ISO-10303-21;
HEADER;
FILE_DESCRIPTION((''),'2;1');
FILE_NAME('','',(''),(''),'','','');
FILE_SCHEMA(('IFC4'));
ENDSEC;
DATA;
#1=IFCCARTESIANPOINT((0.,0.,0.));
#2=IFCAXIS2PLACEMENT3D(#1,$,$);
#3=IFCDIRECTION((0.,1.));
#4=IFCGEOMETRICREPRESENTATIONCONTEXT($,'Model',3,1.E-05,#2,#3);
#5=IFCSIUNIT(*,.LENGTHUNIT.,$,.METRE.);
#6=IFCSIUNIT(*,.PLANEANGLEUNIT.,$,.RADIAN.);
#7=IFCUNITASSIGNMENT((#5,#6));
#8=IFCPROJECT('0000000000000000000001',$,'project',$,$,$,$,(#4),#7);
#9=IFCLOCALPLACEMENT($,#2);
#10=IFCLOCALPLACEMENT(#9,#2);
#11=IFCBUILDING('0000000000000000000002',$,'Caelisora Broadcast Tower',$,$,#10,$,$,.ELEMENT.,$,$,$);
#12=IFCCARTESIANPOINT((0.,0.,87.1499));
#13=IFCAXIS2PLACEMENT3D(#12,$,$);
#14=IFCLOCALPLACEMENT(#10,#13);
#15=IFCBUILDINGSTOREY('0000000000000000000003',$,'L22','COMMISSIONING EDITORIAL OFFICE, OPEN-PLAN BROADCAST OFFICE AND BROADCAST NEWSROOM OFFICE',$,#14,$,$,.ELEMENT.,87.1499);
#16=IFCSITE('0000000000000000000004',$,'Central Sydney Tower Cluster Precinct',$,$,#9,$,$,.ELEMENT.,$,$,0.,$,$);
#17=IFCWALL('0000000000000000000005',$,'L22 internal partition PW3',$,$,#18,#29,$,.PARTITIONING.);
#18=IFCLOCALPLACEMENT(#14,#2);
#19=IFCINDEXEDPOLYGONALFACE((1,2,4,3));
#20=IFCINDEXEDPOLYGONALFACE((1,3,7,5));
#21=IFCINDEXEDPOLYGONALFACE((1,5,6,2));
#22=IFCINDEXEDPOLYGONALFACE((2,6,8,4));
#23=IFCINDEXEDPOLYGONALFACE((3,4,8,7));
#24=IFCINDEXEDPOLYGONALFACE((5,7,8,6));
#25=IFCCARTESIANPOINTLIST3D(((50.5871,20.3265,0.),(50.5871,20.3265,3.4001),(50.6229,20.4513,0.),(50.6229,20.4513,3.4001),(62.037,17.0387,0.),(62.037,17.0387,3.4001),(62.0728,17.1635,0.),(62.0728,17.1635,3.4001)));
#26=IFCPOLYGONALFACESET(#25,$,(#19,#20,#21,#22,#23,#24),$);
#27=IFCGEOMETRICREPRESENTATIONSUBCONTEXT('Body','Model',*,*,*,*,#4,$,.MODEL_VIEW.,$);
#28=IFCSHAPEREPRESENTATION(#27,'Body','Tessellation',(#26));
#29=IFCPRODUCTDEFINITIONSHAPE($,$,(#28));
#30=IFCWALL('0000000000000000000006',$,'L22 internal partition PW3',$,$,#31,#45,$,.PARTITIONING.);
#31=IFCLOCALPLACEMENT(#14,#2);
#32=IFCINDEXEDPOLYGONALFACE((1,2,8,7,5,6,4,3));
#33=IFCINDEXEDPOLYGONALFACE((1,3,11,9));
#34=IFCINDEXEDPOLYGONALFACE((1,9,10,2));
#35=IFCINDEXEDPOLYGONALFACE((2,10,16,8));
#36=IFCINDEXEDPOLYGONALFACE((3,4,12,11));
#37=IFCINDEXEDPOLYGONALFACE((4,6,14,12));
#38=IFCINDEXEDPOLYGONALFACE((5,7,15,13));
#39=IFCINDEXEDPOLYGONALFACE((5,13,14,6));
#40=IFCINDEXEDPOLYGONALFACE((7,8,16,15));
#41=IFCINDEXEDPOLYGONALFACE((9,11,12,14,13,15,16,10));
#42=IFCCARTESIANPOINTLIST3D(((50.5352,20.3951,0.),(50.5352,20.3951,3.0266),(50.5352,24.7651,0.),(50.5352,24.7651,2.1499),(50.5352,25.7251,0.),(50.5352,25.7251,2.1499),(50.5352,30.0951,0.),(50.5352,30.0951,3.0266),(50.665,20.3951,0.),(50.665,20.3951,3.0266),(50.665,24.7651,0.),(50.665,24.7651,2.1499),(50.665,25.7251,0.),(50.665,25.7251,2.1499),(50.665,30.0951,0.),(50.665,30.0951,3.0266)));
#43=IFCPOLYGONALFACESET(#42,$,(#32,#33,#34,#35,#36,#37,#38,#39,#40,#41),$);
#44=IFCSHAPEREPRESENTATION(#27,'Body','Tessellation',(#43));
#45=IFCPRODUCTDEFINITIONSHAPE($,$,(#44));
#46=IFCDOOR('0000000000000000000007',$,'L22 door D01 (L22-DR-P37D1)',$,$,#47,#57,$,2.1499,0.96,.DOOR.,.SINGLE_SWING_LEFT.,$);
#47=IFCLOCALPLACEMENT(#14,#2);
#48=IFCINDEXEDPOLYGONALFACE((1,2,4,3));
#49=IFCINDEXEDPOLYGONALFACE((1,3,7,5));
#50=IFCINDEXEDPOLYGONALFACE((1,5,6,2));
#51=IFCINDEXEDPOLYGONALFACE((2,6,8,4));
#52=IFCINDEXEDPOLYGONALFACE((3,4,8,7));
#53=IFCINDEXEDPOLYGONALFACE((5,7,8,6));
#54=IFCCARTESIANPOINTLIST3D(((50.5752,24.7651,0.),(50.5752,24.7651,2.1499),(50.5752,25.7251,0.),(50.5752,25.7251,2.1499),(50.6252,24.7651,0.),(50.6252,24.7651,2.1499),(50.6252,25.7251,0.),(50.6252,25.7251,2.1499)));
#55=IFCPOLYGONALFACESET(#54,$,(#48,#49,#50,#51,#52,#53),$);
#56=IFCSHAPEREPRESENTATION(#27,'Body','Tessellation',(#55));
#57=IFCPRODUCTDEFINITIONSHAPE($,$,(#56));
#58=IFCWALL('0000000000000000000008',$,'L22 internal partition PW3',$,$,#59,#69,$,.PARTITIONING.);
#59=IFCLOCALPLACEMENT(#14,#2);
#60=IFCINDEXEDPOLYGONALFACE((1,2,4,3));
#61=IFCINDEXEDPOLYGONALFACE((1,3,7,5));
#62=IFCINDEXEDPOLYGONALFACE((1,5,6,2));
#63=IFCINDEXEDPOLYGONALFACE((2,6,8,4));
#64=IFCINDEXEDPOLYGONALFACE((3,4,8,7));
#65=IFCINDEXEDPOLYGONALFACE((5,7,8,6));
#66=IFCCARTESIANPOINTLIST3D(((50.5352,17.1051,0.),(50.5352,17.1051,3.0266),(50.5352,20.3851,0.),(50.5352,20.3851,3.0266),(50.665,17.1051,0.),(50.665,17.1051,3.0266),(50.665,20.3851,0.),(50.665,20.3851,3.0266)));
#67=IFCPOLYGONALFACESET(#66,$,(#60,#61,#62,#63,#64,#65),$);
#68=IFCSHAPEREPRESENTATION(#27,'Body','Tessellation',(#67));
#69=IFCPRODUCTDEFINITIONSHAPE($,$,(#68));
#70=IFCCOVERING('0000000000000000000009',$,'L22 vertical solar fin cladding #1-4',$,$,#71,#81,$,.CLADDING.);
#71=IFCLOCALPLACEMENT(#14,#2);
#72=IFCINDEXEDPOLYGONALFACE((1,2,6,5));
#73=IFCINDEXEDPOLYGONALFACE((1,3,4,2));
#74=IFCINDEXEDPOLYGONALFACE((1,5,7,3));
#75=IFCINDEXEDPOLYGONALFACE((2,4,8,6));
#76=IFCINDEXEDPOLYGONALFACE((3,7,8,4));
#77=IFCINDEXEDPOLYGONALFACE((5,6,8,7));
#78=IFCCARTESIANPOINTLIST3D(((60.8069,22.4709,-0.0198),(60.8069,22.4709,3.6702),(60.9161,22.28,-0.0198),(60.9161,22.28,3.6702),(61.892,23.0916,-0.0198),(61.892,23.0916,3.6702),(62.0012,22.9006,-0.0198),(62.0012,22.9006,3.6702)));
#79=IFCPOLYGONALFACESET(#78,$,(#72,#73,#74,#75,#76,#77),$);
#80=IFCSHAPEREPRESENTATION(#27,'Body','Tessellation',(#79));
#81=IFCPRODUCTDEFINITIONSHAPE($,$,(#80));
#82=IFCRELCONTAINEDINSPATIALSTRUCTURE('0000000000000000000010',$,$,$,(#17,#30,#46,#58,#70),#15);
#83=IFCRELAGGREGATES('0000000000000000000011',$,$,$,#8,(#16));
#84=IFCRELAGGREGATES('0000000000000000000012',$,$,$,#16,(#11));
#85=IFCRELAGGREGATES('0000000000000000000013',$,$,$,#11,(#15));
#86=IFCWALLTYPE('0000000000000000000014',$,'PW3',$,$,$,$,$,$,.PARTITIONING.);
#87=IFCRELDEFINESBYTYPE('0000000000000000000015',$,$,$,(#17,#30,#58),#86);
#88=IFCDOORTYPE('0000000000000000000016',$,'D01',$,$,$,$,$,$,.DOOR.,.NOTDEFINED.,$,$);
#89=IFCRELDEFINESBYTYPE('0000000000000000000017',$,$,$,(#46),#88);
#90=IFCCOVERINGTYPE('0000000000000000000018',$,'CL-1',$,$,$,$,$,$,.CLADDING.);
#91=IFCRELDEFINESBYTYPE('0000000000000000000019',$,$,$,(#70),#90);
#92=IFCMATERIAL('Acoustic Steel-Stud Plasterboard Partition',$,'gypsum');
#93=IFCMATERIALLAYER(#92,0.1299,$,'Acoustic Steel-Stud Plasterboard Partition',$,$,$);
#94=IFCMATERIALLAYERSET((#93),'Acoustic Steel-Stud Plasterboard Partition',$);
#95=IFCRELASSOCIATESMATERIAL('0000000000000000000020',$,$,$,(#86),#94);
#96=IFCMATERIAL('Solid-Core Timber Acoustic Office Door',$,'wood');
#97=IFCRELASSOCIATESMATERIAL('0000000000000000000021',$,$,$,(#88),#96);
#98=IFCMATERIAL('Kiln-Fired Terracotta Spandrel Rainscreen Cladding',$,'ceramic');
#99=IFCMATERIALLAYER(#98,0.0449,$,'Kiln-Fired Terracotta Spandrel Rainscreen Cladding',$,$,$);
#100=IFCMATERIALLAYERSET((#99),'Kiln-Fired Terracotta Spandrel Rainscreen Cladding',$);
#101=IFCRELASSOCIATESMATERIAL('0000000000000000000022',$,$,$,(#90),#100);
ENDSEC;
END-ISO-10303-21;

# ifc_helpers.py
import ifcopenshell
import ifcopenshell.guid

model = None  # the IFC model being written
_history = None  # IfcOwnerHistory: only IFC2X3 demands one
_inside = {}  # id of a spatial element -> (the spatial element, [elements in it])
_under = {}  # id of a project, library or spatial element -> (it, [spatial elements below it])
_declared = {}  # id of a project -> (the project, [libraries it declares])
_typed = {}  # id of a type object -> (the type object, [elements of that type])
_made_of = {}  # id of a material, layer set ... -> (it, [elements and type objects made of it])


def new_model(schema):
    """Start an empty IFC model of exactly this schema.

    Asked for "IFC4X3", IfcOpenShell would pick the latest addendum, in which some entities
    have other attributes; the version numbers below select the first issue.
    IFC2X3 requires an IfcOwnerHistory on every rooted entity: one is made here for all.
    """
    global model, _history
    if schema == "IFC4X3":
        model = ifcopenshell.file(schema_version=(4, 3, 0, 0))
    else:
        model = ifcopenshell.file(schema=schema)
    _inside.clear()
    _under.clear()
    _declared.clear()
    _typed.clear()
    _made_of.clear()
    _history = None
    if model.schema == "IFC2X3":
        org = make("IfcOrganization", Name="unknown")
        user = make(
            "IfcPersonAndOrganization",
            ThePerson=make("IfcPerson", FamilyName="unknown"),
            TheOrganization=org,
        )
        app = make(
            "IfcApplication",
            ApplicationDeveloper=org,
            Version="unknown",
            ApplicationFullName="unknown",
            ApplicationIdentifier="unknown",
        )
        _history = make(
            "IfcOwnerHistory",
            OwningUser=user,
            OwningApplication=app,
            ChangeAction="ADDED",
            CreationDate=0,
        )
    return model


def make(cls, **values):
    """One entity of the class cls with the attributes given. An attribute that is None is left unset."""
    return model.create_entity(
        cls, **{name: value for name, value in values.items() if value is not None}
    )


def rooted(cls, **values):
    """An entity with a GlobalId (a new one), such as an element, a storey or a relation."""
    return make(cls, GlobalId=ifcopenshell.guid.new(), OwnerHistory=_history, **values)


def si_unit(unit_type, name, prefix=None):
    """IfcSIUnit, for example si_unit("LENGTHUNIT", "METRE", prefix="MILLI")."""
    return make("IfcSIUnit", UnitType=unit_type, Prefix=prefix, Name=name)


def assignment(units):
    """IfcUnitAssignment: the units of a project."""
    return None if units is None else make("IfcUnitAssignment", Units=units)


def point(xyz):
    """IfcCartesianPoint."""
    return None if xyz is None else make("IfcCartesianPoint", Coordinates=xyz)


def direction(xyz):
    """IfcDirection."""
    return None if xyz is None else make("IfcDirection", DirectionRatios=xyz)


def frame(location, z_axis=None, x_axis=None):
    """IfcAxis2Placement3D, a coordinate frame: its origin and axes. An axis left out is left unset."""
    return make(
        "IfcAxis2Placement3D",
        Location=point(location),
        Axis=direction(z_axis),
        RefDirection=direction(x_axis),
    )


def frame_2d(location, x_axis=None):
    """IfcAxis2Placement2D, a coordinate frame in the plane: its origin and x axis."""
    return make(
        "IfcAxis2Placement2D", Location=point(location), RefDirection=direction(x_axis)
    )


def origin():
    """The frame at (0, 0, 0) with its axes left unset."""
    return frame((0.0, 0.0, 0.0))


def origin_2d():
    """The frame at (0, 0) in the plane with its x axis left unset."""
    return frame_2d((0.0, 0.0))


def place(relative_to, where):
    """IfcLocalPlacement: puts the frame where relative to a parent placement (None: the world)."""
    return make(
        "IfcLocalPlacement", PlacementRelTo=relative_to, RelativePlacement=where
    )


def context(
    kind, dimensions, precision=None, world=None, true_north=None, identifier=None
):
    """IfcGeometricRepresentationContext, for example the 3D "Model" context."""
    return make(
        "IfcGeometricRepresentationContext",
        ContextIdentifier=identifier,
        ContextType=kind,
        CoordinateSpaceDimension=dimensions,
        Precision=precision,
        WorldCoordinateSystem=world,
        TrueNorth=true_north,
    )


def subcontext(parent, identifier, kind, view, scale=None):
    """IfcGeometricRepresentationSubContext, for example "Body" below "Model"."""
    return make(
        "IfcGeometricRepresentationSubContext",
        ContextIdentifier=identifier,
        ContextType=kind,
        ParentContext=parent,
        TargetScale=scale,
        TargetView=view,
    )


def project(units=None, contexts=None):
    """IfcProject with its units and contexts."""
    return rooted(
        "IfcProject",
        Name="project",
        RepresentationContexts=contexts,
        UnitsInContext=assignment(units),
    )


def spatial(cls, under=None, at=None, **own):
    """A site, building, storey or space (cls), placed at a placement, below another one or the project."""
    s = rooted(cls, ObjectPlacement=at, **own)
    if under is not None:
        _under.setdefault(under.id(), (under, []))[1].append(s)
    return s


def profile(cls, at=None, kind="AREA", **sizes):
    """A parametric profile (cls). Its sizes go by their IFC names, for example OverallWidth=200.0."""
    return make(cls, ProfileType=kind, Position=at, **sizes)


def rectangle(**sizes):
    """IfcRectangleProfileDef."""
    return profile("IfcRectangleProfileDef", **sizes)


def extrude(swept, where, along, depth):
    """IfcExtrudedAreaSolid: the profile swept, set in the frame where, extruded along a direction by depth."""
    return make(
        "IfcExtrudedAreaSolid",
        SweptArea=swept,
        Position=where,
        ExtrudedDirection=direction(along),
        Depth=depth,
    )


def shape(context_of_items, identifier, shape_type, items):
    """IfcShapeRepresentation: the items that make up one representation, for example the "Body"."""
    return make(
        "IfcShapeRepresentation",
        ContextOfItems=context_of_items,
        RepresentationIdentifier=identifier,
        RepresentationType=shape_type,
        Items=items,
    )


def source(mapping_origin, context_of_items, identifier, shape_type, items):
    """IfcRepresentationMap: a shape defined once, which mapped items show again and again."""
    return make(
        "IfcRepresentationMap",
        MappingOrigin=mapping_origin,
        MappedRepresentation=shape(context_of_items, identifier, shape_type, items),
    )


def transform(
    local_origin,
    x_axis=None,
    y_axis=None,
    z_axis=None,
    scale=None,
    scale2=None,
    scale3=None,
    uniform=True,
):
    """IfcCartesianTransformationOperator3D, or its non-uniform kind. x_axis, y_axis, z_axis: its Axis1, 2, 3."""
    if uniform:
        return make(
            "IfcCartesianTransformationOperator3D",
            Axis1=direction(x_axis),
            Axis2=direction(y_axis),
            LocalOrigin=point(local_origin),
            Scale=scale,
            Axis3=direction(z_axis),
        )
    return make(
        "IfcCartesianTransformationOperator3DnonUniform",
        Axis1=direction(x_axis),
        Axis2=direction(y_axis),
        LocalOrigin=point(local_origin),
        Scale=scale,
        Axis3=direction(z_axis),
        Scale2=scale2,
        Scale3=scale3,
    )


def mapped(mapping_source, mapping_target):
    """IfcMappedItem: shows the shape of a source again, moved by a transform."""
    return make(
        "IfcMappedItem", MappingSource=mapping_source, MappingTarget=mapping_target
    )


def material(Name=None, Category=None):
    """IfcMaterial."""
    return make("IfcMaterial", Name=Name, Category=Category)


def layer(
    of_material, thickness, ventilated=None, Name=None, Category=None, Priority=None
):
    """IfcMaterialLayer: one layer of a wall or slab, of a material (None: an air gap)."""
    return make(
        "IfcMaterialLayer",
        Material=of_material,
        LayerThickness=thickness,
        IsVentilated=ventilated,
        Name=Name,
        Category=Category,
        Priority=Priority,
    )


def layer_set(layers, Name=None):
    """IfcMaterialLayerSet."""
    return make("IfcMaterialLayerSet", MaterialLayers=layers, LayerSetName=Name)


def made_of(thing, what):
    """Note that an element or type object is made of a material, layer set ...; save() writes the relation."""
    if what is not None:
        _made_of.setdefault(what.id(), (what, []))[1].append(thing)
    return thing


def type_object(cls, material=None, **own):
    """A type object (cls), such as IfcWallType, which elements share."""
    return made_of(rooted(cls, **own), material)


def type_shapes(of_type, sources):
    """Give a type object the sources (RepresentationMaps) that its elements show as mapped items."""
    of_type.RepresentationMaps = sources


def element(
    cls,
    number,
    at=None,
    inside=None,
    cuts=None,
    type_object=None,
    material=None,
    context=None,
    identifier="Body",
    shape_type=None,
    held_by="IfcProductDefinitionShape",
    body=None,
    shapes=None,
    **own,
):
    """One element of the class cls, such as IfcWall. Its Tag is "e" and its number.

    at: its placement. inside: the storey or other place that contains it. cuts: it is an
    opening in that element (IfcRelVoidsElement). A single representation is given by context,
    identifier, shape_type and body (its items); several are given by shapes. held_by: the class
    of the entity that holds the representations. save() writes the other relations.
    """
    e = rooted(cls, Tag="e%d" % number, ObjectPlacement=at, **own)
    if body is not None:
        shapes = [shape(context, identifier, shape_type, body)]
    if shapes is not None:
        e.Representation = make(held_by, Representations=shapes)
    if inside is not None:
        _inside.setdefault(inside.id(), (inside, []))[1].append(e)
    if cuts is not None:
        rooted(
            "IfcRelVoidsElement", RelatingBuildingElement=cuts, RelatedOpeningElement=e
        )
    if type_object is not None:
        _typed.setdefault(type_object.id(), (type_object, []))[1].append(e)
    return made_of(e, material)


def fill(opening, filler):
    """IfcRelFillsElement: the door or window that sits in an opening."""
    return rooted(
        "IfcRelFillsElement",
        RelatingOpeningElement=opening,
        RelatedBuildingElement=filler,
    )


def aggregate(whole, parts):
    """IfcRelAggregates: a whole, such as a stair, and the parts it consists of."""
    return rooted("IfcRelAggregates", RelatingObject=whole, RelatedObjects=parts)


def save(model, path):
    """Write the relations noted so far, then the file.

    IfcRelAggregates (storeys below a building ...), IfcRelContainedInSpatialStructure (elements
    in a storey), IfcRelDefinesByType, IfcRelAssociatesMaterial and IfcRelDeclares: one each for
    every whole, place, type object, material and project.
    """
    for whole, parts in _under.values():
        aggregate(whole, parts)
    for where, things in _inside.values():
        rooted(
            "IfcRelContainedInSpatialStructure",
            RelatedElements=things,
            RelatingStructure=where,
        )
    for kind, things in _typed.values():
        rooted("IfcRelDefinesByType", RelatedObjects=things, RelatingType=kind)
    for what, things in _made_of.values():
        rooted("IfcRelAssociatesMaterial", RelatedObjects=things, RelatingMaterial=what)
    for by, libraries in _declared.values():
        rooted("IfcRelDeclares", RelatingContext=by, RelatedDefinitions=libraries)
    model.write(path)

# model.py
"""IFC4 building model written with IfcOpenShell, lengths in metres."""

from ifc_helpers import new_model, si_unit, direction, frame, frame_2d, origin, origin_2d, place, context, subcontext, project, spatial, rectangle, extrude, source, transform, mapped, material, layer, layer_set, type_object, type_shapes, element, fill, save


model = new_model("IFC4")

# Units and contexts
model_context = context("Model", 3, precision=1e-05, world=origin(), true_north=direction((0.0, 1.0)))
body_context = subcontext(model_context, "Body", "Model", "MODEL_VIEW")
ifc_project = project(units=[si_unit("LENGTHUNIT", "METRE"), si_unit("PLANEANGLEUNIT", "RADIAN")], contexts=[model_context])

# Site, building, storey
site_placement = place(None, origin())
site = spatial("IfcSite", under=ifc_project, at=site_placement, Name="Central Sydney Tower Cluster Precinct", CompositionType="ELEMENT", RefElevation=0.0)
building_placement = place(site_placement, origin())
building = spatial("IfcBuilding", under=site, at=building_placement, Name="Caelisora Broadcast Tower", CompositionType="ELEMENT")
storey_placement = place(building_placement, frame((0.0, 0.0, 87.1499)))
storey = spatial("IfcBuildingStorey", under=building, at=storey_placement, Name="L22", Description="COMMISSIONING EDITORIAL OFFICE, OPEN-PLAN BROADCAST OFFICE AND BROADCAST NEWSROOM OFFICE", CompositionType="ELEMENT", Elevation=87.1499)

# Wall
ifc_material_1 = material(Name="Acoustic Steel-Stud Plasterboard Partition", Category="gypsum")
ifc_layer_1 = layer(ifc_material_1, 0.1299, Name="Acoustic Steel-Stud Plasterboard Partition")
ifc_layer_set_1 = layer_set([ifc_layer_1], Name="Acoustic Steel-Stud Plasterboard Partition")
wall_type_1 = type_object("IfcWallType", Name="PW3", PredefinedType="PARTITIONING", material=ifc_layer_set_1)
wall_1_placement = place(storey_placement, frame((50.605, 20.3889, 0.0), z_axis=(0.0, 0.0, 1.0), x_axis=(0.961159, -0.275996, 0.0)))
element("IfcWall", 1, at=wall_1_placement, inside=storey, type_object=wall_type_1, Name="L22 internal partition PW3", PredefinedType="PARTITIONING", context=body_context, shape_type="SweptSolid", body=[
    extrude(rectangle(XDim=11.9126, YDim=0.1299, at=frame_2d((5.9563, 0.0))), origin(), (0.0, 0.0, 1.0), 3.4001),
])

# Wall, opening, door
wall_2_placement = place(storey_placement, frame((50.6001, 20.395, 0.0), z_axis=(0.0, 0.0, 1.0), x_axis=(0.0, 1.0, 0.0)))
wall_2 = element("IfcWall", 2, at=wall_2_placement, inside=storey, type_object=wall_type_1, Name="L22 internal partition PW3", PredefinedType="PARTITIONING", context=body_context, shape_type="SweptSolid", body=[
    extrude(rectangle(XDim=9.7, YDim=0.1299, at=frame_2d((4.8501, 0.0))), origin(), (0.0, 0.0, 1.0), 3.0266),
])
opening_1_placement = place(wall_2_placement, frame((4.3701, 0.0, 0.0)))
opening_1 = element("IfcOpeningElement", 3, at=opening_1_placement, cuts=wall_2, PredefinedType="OPENING", context=body_context, shape_type="SweptSolid", body=[
    extrude(rectangle(XDim=0.96, YDim=2.1499, at=frame_2d((0.48, 1.075))), frame((0.0, 0.0769, 0.0), z_axis=(0.0, -1.0, 0.0), x_axis=(1.0, 0.0, 0.0)), (0.0, 0.0, 1.0), 0.1538),
])
ifc_material_2 = material(Name="Solid-Core Timber Acoustic Office Door", Category="wood")
door_type_1 = type_object("IfcDoorType", Name="D01", OperationType="NOTDEFINED", PredefinedType="DOOR", material=ifc_material_2)
door_1_placement = place(opening_1_placement, origin())
door_1 = element("IfcDoor", 4, at=door_1_placement, inside=storey, type_object=door_type_1, Name="L22 door D01 (L22-DR-P37D1)", OperationType="SINGLE_SWING_LEFT", OverallHeight=2.1499, OverallWidth=0.96, PredefinedType="DOOR", context=body_context, shape_type="SweptSolid", body=[
    extrude(rectangle(XDim=0.96, YDim=2.1499, at=frame_2d((0.48, 1.075))), frame((0.0, 0.0249, 0.0), z_axis=(0.0, -1.0, 0.0), x_axis=(1.0, 0.0, 0.0)), (0.0, 0.0, 1.0), 0.05),
])
fill(opening_1, door_1)

# Wall
wall_3_placement = place(storey_placement, frame((50.6001, 17.105, 0.0), z_axis=(0.0, 0.0, 1.0), x_axis=(0.0, 1.0, 0.0)))
element("IfcWall", 5, at=wall_3_placement, inside=storey, type_object=wall_type_1, Name="L22 internal partition PW3", PredefinedType="PARTITIONING", context=body_context, shape_type="SweptSolid", body=[
    extrude(rectangle(XDim=3.28, YDim=0.1299, at=frame_2d((1.6401, 0.0))), origin(), (0.0, 0.0, 1.0), 3.0266),
])

# Covering
ifc_material_3 = material(Name="Kiln-Fired Terracotta Spandrel Rainscreen Cladding", Category="ceramic")
ifc_layer_2 = layer(ifc_material_3, 0.0449, Name="Kiln-Fired Terracotta Spandrel Rainscreen Cladding")
ifc_layer_set_2 = layer_set([ifc_layer_2], Name="Kiln-Fired Terracotta Spandrel Rainscreen Cladding")
covering_type = type_object("IfcCoveringType", Name="CL-1", PredefinedType="CLADDING", material=ifc_layer_set_2)
shared_shape_1 = source(origin(), body_context, "Body", "SweptSolid", [
    extrude(rectangle(XDim=0.22, YDim=1.25, at=origin_2d()), origin(), (0.0, 0.0, 1.0), 3.6899),
])
type_shapes(covering_type, [shared_shape_1])
covering_placement = place(storey_placement, frame((61.4041, 22.6858, -0.0198), z_axis=(0.0, 0.0, 1.0), x_axis=(0.49652, -0.868026, 0.0)))
element("IfcCovering", 6, at=covering_placement, inside=storey, type_object=covering_type, Name="L22 vertical solar fin cladding #1-4", PredefinedType="CLADDING", context=body_context, shape_type="MappedRepresentation", body=[
    mapped(shared_shape_1, transform((0.0, 0.0, 0.0), scale=1.0)),
])

save(model, "model.ifc")
